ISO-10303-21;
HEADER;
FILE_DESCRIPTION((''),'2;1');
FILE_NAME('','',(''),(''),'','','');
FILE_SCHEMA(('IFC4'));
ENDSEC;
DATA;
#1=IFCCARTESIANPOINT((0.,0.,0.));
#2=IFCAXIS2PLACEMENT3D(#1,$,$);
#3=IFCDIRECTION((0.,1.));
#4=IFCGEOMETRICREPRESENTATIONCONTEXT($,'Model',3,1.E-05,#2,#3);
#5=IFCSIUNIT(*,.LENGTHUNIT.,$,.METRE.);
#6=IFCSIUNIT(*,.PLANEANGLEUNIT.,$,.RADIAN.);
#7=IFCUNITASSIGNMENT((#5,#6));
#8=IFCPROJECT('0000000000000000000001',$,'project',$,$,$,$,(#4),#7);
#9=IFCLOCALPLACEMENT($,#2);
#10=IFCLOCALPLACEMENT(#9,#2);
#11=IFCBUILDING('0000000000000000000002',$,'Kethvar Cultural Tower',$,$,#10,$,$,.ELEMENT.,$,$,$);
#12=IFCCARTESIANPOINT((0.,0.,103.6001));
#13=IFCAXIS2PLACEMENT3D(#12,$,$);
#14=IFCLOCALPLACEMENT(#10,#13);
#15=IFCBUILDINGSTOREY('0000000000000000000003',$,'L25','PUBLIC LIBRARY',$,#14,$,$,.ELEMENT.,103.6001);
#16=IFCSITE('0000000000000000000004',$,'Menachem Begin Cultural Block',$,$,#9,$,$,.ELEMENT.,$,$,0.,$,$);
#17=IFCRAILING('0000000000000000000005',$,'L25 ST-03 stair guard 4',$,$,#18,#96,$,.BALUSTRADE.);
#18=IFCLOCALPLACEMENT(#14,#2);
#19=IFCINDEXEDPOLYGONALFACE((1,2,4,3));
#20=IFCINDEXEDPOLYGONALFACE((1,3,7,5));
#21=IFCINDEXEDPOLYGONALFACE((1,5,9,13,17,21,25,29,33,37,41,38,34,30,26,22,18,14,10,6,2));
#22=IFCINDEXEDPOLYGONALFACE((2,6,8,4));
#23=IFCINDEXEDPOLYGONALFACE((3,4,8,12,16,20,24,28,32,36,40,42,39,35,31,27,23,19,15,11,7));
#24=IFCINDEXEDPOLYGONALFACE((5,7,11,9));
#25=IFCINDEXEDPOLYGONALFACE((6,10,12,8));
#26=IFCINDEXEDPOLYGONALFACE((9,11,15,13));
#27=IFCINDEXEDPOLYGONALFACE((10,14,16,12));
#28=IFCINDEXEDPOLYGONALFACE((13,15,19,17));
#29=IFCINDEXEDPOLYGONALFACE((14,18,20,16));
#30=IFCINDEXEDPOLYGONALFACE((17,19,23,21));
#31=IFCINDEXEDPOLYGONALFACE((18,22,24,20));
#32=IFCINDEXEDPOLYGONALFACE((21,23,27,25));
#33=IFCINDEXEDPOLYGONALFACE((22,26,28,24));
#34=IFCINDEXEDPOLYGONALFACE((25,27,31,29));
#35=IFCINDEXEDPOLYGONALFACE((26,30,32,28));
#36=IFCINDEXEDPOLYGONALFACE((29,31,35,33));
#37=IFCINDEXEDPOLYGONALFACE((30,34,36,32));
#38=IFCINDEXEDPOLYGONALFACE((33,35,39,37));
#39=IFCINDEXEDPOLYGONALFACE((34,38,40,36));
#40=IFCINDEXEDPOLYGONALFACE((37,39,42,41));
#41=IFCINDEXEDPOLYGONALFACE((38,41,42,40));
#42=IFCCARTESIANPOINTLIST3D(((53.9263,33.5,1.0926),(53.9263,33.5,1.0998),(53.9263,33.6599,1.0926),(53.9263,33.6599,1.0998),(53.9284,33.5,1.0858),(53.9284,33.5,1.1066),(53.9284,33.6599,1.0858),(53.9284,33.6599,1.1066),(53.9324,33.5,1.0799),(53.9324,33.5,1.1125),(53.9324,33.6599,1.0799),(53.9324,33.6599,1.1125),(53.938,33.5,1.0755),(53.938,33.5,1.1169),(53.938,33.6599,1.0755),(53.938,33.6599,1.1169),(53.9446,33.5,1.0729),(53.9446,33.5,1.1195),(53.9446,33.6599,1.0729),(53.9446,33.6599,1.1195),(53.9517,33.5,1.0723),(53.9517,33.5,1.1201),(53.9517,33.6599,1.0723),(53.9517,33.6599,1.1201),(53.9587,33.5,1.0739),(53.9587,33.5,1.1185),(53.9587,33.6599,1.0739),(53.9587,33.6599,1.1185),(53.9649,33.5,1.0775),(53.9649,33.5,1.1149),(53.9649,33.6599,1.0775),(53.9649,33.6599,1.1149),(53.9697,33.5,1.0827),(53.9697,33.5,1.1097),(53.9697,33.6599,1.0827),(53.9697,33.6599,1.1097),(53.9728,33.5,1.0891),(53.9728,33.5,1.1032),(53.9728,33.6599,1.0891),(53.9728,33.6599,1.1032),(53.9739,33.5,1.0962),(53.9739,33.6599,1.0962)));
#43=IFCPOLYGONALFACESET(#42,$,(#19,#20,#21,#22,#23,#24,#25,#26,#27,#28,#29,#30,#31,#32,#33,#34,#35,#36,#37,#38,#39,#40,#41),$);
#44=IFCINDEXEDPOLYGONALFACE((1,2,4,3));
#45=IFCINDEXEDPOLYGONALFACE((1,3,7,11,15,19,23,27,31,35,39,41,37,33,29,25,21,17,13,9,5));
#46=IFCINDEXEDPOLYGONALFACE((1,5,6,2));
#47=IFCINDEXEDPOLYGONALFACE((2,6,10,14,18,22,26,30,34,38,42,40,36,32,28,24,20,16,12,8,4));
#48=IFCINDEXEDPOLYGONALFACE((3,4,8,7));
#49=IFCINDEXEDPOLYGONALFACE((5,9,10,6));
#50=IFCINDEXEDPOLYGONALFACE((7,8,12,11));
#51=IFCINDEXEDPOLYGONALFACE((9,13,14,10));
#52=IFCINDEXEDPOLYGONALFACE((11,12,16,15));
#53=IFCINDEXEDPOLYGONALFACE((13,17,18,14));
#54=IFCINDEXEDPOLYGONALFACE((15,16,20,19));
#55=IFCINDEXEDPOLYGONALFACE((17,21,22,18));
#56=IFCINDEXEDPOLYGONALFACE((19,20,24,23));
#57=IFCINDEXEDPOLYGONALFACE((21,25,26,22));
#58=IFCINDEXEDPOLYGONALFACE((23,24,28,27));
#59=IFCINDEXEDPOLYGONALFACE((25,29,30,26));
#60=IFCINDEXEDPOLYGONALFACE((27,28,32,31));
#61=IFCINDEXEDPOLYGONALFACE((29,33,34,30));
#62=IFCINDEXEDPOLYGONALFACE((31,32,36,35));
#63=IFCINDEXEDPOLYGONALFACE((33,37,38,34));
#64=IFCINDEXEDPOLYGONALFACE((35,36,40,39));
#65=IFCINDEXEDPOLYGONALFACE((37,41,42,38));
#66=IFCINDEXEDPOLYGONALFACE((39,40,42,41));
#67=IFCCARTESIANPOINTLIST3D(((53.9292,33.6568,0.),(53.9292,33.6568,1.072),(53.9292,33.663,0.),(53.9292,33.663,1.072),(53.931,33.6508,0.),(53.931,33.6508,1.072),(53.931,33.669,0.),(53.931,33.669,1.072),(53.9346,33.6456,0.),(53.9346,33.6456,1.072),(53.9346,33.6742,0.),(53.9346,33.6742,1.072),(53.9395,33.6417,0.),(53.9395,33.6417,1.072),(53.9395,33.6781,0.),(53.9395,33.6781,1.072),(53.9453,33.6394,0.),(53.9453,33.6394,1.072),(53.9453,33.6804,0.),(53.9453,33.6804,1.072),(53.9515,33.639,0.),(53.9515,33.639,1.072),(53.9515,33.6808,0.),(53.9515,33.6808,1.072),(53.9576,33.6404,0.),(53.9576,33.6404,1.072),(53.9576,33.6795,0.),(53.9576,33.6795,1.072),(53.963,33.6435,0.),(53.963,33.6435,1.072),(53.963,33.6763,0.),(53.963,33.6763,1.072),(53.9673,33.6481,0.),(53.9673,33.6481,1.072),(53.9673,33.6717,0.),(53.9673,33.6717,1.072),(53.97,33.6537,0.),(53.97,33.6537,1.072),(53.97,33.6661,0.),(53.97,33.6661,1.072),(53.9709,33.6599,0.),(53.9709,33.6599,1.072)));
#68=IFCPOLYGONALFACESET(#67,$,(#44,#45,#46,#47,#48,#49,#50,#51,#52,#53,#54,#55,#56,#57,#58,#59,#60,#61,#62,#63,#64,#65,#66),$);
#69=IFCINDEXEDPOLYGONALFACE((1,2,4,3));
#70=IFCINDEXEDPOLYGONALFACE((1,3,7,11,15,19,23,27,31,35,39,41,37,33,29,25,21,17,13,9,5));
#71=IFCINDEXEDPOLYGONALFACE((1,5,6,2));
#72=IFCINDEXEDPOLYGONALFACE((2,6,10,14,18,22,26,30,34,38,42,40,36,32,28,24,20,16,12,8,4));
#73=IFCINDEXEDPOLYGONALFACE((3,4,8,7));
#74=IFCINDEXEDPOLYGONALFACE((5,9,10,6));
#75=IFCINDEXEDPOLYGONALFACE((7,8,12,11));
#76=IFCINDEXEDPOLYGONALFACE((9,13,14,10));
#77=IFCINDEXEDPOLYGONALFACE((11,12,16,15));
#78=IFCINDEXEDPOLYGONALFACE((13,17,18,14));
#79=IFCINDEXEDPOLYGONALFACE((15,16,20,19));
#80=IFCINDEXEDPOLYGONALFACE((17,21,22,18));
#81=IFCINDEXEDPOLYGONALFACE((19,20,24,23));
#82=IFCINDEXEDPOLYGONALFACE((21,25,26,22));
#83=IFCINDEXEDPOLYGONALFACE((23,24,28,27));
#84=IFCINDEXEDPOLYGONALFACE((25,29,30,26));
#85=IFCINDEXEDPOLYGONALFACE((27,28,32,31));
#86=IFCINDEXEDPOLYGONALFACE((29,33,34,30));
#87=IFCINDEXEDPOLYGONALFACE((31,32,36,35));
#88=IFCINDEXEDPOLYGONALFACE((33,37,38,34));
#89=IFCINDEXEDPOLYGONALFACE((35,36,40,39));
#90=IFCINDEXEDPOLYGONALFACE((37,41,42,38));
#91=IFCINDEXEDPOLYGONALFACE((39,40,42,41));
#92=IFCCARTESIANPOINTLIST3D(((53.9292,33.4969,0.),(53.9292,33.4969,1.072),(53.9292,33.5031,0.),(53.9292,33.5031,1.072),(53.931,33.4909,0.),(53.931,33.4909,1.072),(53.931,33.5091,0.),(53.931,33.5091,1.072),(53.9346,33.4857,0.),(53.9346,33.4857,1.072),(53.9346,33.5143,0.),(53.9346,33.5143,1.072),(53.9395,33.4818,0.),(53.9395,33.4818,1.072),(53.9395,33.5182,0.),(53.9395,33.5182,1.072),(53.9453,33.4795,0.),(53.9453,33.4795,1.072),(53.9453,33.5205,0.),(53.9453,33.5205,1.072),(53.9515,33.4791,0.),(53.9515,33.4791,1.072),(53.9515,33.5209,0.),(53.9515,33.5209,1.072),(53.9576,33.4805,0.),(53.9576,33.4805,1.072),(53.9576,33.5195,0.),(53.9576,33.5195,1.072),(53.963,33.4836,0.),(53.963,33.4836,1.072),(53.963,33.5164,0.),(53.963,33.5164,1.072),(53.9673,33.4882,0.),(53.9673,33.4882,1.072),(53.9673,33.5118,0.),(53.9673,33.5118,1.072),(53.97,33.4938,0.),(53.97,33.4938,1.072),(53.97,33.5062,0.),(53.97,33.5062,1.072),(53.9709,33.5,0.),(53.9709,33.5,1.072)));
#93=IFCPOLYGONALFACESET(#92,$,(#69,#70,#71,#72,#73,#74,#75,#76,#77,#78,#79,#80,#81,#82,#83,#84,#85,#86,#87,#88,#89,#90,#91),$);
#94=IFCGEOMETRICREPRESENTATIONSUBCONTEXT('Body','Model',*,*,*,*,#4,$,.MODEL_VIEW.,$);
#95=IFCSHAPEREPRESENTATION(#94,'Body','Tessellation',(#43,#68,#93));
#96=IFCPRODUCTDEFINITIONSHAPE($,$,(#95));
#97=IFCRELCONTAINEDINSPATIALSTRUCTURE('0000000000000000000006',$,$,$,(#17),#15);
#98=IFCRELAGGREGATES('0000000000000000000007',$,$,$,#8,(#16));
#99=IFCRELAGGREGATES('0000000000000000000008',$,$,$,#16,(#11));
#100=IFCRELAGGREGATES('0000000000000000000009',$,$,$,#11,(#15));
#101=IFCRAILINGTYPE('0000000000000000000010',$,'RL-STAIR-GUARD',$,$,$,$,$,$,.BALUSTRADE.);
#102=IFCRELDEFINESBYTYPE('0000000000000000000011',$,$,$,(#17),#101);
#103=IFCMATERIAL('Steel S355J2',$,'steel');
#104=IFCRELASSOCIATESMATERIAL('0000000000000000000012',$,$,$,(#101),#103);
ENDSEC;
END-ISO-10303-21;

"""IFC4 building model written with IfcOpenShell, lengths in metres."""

from ifc_helpers import new_model, si_unit, direction, frame, origin, origin_2d, place, context, subcontext, project, spatial, circle, extrude, material, type_object, element, save


model = new_model("IFC4")

# Units and contexts
model_context = context("Model", 3, precision=1e-05, world=origin(), true_north=direction((0.0, 1.0)))
body_context = subcontext(model_context, "Body", "Model", "MODEL_VIEW")
ifc_project = project(units=[si_unit("LENGTHUNIT", "METRE"), si_unit("PLANEANGLEUNIT", "RADIAN")], contexts=[model_context])

# Site, building, storey
site_placement = place(None, origin())
site = spatial("IfcSite", under=ifc_project, at=site_placement, Name="Menachem Begin Cultural Block", CompositionType="ELEMENT", RefElevation=0.0)
building_placement = place(site_placement, origin())
building = spatial("IfcBuilding", under=site, at=building_placement, Name="Kethvar Cultural Tower", CompositionType="ELEMENT")
storey_placement = place(building_placement, frame((0.0, 0.0, 103.6001)))
storey = spatial("IfcBuildingStorey", under=building, at=storey_placement, Name="L25", Description="PUBLIC LIBRARY", CompositionType="ELEMENT", Elevation=103.6001)

# Shared definitions
ifc_material_1 = material(Name="Steel S355J2", Category="steel")

# Railing
railing_type_1 = type_object("IfcRailingType", Name="RL-STAIR-GUARD", PredefinedType="BALUSTRADE", material=ifc_material_1)
railing_1_placement = place(storey_placement, frame((53.95, 33.6599, 0.0)))
element("IfcRailing", 1, at=railing_1_placement, inside=storey, type_object=railing_type_1, Name="L25 ST-03 stair guard 4", PredefinedType="BALUSTRADE", context=body_context, shape_type="SweptSolid", body=[
    extrude(circle(Radius=0.0239, at=origin_2d()), frame((0.0, 0.0, 1.0962), z_axis=(0.0, -1.0, 0.0), x_axis=(1.0, 0.0, 0.0)), (0.0, 0.0, 1.0), 0.1599),
    extrude(circle(Radius=0.021, at=origin_2d()), origin(), (0.0, 0.0, 1.0), 1.072),
    extrude(circle(Radius=0.021, at=origin_2d()), frame((0.0, -0.1599, 0.0)), (0.0, 0.0, 1.0), 1.072),
])

save(model, "model.ifc")
